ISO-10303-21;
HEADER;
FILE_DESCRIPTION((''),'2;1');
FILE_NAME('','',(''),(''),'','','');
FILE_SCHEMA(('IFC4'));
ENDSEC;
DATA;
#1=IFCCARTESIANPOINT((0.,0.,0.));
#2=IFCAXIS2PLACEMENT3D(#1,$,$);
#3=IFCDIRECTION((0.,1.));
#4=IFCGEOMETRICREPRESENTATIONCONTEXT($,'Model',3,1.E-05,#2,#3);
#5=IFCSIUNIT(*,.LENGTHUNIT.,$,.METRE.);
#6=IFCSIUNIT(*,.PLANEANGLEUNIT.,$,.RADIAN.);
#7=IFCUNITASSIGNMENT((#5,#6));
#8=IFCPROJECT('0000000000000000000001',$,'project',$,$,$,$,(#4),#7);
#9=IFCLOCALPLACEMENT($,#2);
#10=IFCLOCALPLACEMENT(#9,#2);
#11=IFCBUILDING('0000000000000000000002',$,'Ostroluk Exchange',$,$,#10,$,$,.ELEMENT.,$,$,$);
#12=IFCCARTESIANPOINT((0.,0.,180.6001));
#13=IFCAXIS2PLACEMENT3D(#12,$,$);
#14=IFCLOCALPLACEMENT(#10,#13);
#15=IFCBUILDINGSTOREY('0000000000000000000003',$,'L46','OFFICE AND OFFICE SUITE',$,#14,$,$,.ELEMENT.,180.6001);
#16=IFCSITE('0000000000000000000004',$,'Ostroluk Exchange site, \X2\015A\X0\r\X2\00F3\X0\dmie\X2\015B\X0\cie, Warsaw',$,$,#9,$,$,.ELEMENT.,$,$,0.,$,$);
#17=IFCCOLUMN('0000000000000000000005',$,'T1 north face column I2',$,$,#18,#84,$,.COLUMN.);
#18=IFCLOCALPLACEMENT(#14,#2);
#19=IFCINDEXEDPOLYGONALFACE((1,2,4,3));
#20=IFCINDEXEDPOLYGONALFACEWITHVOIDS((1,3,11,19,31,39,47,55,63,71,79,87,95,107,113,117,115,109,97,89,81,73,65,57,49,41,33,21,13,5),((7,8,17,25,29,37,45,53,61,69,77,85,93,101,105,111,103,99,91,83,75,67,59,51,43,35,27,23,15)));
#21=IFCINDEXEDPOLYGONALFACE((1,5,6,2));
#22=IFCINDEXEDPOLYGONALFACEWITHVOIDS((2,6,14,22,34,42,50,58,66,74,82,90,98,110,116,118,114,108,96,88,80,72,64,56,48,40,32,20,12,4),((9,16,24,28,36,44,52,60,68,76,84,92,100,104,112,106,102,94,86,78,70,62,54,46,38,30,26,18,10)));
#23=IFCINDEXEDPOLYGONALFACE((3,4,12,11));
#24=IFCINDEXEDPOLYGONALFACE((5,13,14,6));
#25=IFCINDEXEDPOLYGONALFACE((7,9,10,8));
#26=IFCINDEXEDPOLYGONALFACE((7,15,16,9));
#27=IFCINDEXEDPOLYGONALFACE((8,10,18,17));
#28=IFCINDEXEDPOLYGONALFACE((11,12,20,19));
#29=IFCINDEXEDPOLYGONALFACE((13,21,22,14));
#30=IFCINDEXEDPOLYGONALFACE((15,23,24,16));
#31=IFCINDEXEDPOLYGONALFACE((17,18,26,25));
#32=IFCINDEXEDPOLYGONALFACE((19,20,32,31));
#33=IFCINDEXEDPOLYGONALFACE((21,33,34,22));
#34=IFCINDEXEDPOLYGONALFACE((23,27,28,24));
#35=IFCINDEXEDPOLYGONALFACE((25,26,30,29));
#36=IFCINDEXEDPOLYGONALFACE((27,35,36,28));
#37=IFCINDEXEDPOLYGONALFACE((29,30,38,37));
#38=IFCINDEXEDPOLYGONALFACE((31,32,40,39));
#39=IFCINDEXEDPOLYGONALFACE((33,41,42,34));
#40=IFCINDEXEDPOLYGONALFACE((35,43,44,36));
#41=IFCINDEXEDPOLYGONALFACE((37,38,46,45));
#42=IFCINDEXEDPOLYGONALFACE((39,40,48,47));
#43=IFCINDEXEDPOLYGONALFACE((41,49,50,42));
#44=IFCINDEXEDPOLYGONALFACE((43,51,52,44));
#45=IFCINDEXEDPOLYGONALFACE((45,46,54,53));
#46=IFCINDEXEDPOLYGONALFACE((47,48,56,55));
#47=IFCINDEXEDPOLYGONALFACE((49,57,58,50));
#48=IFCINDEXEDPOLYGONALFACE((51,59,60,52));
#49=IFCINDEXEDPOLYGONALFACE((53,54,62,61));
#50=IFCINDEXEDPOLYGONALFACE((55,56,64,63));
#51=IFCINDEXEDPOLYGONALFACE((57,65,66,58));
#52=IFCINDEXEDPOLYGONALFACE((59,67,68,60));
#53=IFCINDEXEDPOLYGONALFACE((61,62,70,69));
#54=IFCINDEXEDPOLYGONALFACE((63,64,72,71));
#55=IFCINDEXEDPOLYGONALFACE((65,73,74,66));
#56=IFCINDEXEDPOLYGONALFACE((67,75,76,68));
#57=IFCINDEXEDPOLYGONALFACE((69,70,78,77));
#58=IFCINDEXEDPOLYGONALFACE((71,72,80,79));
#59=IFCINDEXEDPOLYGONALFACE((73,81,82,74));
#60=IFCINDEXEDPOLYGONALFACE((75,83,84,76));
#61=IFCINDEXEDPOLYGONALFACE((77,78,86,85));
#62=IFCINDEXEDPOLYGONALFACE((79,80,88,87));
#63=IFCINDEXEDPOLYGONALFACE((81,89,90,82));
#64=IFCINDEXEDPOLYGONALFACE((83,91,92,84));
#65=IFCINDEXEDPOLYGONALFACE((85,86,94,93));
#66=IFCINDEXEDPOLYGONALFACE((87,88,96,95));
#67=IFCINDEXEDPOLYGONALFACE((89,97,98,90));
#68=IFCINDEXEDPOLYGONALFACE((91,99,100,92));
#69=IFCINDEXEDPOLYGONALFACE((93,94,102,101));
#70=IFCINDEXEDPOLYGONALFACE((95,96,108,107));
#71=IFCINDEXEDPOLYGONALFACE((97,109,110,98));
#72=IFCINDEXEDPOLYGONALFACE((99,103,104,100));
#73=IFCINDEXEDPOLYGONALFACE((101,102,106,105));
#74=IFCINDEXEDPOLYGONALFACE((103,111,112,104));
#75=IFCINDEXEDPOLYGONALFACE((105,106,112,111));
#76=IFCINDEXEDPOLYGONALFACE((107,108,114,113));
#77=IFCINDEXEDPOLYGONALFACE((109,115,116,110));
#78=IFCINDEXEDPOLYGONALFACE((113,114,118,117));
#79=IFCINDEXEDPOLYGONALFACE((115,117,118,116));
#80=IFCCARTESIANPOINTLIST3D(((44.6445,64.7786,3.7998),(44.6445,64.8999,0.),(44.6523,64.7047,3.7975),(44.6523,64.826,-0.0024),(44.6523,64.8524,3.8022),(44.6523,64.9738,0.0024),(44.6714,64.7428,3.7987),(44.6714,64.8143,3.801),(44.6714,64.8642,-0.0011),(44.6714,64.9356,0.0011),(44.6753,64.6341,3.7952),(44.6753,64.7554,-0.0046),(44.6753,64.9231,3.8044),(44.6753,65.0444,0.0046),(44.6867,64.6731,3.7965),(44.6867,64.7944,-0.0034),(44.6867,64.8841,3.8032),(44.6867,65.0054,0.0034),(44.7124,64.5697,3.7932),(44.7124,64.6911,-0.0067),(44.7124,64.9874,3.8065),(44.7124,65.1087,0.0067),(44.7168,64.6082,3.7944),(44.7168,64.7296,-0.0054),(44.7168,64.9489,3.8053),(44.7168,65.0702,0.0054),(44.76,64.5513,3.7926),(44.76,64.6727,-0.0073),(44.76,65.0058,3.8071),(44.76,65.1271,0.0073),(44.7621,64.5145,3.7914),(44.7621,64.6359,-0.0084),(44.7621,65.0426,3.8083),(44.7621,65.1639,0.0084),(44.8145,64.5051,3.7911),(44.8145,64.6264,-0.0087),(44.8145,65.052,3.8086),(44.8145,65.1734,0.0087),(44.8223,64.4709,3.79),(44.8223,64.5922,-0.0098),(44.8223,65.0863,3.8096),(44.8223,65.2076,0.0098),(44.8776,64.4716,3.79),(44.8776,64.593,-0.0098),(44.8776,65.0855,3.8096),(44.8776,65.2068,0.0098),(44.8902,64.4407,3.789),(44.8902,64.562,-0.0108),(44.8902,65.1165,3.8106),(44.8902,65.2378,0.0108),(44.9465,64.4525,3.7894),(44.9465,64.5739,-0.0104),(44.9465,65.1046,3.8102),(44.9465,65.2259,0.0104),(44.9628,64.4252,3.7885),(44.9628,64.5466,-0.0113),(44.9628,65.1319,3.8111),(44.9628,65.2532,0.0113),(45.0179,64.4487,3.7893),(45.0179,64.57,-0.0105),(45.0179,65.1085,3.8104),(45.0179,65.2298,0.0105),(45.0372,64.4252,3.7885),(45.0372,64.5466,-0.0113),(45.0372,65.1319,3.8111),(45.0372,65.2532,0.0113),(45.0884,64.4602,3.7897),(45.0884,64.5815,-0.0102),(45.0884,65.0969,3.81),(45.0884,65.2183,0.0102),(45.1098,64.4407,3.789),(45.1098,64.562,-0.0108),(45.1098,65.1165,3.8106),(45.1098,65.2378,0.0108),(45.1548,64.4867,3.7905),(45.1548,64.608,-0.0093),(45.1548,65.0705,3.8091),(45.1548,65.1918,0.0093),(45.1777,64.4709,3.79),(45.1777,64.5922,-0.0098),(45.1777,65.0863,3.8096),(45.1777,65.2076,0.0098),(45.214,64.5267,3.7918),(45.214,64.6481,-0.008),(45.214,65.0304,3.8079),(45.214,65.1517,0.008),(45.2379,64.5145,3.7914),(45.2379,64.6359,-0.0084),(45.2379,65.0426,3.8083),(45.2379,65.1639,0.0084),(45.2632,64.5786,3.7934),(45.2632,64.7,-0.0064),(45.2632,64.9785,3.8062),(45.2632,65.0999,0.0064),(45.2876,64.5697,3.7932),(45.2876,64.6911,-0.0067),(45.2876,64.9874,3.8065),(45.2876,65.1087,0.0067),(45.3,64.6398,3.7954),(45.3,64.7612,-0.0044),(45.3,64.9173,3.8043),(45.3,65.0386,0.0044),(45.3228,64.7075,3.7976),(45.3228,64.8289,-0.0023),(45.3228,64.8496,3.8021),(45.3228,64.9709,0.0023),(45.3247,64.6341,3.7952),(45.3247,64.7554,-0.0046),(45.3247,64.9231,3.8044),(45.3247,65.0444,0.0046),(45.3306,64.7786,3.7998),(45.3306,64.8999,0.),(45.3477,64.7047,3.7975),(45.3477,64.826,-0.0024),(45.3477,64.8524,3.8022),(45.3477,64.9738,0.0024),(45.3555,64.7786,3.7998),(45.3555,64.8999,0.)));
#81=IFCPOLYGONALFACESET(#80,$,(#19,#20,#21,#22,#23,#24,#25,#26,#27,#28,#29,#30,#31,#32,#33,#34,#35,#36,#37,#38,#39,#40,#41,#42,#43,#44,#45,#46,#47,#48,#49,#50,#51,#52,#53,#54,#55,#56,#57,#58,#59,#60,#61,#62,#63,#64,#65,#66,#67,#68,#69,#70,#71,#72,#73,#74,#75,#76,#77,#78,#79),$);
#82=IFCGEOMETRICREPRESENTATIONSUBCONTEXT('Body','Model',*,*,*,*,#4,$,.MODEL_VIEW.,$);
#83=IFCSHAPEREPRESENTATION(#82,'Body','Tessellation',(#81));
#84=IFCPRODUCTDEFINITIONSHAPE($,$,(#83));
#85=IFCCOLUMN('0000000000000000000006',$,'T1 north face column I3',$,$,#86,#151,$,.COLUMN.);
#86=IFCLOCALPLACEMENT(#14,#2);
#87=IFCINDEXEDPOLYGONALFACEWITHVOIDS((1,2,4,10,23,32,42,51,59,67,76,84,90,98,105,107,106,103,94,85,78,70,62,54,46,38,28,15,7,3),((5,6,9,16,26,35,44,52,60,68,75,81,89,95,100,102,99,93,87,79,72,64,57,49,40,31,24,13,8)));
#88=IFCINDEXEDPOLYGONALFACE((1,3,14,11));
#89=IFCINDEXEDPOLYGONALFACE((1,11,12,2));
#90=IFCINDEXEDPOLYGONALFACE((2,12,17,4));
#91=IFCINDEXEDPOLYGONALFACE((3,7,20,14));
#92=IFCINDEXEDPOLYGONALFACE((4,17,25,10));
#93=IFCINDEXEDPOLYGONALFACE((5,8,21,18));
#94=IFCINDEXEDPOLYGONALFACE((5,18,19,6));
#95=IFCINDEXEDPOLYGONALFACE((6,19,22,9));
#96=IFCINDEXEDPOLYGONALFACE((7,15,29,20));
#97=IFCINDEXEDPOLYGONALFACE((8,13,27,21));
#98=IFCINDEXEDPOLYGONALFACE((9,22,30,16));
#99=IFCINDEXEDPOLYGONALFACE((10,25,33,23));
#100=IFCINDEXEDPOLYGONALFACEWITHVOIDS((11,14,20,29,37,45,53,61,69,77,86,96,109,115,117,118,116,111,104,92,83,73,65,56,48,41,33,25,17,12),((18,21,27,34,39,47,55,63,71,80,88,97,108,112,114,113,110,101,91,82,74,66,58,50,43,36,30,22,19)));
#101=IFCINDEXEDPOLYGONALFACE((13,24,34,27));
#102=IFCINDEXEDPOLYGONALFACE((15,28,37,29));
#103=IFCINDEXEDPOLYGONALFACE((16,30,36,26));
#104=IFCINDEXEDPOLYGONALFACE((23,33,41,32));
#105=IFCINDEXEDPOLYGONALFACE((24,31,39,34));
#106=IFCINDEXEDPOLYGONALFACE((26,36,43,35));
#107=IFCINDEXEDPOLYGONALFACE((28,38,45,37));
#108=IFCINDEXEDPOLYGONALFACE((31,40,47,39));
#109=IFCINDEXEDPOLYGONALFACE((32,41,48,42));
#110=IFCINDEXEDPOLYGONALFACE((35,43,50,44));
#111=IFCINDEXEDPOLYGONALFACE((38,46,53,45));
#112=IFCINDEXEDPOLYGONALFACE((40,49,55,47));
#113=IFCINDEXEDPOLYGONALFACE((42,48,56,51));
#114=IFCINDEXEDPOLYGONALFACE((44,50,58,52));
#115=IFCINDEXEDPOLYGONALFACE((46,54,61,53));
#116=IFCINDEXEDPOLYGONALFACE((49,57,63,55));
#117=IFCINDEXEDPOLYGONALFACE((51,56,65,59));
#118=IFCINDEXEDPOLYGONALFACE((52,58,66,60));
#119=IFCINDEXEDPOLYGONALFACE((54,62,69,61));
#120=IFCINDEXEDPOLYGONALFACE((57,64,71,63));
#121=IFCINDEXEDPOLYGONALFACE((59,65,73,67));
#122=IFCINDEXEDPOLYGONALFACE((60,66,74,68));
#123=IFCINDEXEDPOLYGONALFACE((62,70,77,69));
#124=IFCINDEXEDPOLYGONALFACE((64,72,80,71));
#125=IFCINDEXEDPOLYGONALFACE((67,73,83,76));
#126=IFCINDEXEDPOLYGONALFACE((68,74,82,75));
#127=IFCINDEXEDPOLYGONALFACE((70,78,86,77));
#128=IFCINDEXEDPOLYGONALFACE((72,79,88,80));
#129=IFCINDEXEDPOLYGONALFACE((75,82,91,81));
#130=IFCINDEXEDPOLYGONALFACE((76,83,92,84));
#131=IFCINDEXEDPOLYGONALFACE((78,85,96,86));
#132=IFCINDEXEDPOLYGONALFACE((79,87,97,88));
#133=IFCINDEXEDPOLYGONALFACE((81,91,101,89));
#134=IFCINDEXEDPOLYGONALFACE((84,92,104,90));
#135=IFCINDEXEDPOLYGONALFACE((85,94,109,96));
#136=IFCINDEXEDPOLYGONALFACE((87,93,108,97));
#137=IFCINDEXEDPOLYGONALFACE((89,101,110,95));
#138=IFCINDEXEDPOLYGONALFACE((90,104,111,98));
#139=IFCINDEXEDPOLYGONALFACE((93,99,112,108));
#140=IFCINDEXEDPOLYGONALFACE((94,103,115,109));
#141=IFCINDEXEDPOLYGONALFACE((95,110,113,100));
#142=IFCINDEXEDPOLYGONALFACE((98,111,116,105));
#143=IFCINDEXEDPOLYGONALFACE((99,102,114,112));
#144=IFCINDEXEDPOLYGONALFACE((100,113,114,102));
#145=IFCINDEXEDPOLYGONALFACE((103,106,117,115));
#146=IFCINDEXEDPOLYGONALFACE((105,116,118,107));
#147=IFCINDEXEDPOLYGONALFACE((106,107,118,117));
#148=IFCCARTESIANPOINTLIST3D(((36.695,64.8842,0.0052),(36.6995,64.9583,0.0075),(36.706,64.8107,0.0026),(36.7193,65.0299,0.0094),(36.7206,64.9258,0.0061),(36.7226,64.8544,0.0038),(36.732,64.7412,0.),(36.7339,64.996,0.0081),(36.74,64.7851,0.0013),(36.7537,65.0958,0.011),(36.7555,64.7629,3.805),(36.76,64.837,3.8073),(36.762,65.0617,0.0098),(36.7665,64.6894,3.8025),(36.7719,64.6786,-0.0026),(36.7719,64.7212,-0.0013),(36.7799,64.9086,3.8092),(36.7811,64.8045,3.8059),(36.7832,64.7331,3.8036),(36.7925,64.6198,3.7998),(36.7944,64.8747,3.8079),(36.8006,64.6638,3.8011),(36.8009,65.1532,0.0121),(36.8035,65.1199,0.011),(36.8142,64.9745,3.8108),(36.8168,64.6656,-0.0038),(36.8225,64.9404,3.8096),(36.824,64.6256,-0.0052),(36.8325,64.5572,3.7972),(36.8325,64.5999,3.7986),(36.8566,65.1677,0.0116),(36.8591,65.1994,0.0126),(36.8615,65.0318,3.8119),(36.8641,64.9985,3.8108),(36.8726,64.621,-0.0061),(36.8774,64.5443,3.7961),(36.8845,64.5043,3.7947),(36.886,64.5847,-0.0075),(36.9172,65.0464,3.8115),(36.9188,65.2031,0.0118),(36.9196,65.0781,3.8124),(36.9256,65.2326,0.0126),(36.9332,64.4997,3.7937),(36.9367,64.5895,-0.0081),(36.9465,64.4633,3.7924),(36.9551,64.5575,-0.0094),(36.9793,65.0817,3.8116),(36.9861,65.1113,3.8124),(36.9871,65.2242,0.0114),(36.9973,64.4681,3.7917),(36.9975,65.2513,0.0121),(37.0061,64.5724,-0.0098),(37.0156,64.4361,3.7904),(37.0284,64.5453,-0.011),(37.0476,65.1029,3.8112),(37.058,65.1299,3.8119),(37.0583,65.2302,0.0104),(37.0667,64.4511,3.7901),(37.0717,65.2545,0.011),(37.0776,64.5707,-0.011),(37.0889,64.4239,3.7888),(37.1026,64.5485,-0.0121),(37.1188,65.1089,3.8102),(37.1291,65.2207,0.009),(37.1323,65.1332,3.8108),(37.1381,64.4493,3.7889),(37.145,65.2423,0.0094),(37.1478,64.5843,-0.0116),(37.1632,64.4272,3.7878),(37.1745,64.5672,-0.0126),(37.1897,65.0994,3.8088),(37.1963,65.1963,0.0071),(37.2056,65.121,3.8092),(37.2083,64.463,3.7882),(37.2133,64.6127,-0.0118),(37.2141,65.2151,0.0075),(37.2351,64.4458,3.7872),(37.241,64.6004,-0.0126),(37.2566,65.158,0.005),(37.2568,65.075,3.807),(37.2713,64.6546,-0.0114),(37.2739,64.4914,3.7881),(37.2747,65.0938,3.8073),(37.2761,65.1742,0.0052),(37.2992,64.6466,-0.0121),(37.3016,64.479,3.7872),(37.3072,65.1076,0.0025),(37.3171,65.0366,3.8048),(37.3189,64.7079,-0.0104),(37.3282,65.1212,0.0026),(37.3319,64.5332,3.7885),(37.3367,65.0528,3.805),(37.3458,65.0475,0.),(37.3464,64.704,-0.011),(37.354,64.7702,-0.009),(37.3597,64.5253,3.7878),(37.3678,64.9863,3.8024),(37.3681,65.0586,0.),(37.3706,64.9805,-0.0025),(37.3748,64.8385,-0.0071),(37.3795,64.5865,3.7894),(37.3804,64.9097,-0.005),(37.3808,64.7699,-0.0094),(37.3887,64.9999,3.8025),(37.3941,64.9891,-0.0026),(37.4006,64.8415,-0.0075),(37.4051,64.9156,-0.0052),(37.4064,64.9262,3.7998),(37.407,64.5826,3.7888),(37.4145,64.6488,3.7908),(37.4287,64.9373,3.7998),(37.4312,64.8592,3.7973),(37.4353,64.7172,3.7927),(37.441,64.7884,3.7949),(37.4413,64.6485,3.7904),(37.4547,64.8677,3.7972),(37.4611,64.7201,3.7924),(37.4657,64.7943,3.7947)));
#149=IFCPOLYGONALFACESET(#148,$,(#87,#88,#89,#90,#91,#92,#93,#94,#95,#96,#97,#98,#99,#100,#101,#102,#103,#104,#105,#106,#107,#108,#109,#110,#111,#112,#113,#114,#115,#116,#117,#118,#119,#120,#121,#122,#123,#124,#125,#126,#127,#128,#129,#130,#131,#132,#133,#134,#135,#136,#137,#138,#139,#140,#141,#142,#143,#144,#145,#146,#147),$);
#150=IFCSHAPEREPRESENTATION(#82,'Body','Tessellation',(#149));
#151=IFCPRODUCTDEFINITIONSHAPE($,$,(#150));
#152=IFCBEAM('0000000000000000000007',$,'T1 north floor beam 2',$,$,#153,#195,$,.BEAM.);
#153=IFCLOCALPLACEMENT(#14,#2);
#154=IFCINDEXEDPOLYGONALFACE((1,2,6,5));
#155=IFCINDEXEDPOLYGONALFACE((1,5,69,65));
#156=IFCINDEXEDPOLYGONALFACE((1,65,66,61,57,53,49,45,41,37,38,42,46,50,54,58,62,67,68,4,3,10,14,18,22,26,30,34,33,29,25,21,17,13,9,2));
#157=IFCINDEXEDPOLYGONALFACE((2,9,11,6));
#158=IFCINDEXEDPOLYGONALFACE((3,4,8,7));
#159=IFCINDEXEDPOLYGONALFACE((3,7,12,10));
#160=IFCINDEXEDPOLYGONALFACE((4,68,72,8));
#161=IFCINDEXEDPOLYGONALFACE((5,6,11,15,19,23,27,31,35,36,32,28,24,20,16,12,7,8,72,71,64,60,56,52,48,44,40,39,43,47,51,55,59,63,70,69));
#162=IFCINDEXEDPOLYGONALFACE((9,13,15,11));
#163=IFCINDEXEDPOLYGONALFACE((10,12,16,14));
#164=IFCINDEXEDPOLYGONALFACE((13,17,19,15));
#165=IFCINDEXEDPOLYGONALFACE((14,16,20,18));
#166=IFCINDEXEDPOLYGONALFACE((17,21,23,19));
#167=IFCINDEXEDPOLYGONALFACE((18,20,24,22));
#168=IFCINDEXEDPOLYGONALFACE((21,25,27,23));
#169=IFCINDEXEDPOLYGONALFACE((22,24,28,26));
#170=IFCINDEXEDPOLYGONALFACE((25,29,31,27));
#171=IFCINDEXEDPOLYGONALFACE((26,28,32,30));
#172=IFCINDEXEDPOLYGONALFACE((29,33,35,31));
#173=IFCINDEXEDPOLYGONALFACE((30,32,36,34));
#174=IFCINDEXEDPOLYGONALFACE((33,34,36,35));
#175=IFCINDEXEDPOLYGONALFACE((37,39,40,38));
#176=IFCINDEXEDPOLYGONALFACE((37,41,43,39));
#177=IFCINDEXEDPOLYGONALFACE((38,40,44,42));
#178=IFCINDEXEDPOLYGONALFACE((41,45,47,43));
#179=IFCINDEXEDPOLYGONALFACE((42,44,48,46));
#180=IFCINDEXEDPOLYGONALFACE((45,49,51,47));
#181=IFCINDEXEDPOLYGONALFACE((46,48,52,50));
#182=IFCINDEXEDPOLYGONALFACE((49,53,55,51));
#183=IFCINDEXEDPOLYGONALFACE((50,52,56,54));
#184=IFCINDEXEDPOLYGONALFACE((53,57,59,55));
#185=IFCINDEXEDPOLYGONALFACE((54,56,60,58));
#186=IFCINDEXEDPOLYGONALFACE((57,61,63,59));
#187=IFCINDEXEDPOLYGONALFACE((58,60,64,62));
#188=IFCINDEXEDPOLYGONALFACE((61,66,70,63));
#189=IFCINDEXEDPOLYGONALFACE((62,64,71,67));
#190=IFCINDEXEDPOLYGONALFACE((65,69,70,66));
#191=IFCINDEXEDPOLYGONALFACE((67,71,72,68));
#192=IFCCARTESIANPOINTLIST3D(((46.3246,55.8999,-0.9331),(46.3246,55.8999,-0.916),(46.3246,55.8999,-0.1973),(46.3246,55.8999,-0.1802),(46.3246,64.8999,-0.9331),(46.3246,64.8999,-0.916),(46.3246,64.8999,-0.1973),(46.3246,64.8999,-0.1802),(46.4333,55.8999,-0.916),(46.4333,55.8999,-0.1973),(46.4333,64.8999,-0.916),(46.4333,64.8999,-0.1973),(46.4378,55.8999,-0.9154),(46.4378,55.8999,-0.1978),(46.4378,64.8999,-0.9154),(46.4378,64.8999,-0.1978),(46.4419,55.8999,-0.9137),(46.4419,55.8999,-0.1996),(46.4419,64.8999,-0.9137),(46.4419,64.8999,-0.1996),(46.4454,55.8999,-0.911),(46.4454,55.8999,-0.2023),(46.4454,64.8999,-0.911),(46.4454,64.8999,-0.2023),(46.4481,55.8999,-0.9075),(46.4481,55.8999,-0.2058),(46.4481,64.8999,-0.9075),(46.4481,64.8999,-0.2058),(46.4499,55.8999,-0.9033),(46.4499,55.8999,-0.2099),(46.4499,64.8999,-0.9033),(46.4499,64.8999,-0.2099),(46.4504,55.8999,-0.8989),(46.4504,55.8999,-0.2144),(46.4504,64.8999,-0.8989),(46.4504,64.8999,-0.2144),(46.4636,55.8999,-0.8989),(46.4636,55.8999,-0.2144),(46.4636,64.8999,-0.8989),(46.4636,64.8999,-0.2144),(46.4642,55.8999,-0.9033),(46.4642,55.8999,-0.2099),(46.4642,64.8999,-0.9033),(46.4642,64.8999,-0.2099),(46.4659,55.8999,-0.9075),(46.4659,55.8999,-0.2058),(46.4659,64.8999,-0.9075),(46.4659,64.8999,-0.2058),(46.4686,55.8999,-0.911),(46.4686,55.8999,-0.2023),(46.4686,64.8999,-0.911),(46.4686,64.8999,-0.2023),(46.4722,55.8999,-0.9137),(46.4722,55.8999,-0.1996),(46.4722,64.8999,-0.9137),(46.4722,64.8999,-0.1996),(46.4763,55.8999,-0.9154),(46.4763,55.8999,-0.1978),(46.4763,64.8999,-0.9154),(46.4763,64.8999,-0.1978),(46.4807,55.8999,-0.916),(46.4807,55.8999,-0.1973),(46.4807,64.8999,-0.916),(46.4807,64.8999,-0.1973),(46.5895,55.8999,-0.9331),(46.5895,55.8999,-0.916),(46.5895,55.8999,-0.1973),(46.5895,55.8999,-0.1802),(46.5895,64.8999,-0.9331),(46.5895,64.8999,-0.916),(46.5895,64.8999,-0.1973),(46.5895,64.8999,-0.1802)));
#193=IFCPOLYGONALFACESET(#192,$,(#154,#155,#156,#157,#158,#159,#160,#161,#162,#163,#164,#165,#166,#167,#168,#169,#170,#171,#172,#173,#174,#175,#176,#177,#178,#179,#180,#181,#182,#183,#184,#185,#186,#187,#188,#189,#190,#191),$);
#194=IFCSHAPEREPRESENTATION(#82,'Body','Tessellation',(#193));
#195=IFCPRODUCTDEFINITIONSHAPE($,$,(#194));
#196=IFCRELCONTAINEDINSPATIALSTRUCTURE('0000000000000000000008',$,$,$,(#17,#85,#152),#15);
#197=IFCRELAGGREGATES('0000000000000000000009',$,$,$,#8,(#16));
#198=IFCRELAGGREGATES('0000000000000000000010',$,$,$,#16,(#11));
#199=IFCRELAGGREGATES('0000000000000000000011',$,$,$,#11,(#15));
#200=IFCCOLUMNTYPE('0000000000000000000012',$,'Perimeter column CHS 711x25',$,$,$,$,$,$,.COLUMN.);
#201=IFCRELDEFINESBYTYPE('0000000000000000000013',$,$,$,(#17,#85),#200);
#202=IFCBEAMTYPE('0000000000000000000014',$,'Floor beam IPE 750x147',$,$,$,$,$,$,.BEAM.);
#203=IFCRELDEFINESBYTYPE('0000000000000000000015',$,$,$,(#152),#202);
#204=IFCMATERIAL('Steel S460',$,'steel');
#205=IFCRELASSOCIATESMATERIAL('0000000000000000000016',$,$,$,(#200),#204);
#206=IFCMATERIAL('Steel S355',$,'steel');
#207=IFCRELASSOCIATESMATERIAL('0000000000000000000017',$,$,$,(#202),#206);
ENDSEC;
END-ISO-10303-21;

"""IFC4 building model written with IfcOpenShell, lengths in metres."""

from ifc_helpers import new_model, si_unit, direction, frame, origin, origin_2d, place, context, subcontext, project, spatial, hollow_circle, i_section, extrude, material, material_profile, profile_set, type_object, element, save


model = new_model("IFC4")

# Units and contexts
model_context = context("Model", 3, precision=1e-05, world=origin(), true_north=direction((0.0, 1.0)))
body_context = subcontext(model_context, "Body", "Model", "MODEL_VIEW")
ifc_project = project(units=[si_unit("LENGTHUNIT", "METRE"), si_unit("PLANEANGLEUNIT", "RADIAN")], contexts=[model_context])

# Site, building, storey
site_placement = place(None, origin())
site = spatial("IfcSite", under=ifc_project, at=site_placement, Name="Ostroluk Exchange site, Śródmieście, Warsaw", CompositionType="ELEMENT", RefElevation=0.0)
building_placement = place(site_placement, origin())
building = spatial("IfcBuilding", under=site, at=building_placement, Name="Ostroluk Exchange", CompositionType="ELEMENT")
storey_placement = place(building_placement, frame((0.0, 0.0, 180.6001)))
storey = spatial("IfcBuildingStorey", under=building, at=storey_placement, Name="L46", Description="OFFICE AND OFFICE SUITE", CompositionType="ELEMENT", Elevation=180.6001)

# Columns
ifc_material_1 = material(Name="Steel S460", Category="steel")
ifc_material_profile_1 = material_profile(ifc_material_1, hollow_circle(Radius=0.3555, WallThickness=0.0249, at=origin_2d()), Name="CHS 711x25")
ifc_profile_set_1 = profile_set([ifc_material_profile_1], Name="Steel S460")
column_type = type_object("IfcColumnType", Name="Perimeter column CHS 711x25", PredefinedType="COLUMN", material=ifc_profile_set_1)
column_1_placement = place(storey_placement, frame((45.0, 64.8999, 0.0), z_axis=(0.0, -0.031916, 0.999491), x_axis=(1.0, 0.0, 0.0)))
element("IfcColumn", 1, at=column_1_placement, inside=storey, type_object=column_type, Name="T1 north face column I2", PredefinedType="COLUMN", context=body_context, shape_type="SweptSolid", body=[
    extrude(hollow_circle(Radius=0.3555, WallThickness=0.0249, at=origin_2d()), origin(), (0.0, 0.0, 1.0), 3.8018),
])
column_2_placement = place(storey_placement, frame((37.05, 64.8999, 0.0), z_axis=(0.015924, -0.031912, 0.999364), x_axis=(0.894787, 0.446493, 0.0)))
element("IfcColumn", 2, at=column_2_placement, inside=storey, type_object=column_type, Name="T1 north face column I3", PredefinedType="COLUMN", context=body_context, shape_type="SweptSolid", body=[
    extrude(hollow_circle(Radius=0.3555, WallThickness=0.0249, at=origin_2d()), origin(), (0.0, 0.0, 1.0), 3.8022),
])

# Beam
ifc_material_2 = material(Name="Steel S355", Category="steel")
ifc_material_profile_2 = material_profile(ifc_material_2, i_section(OverallWidth=0.2649, OverallDepth=0.7529, WebThickness=0.0132, FlangeThickness=0.0171, FilletRadius=0.0171, at=origin_2d()), Name="IPE 750x147")
ifc_profile_set_2 = profile_set([ifc_material_profile_2], Name="Steel S355")
beam_type_1 = type_object("IfcBeamType", Name="Floor beam IPE 750x147", PredefinedType="BEAM", material=ifc_profile_set_2)
for number, where, z_axis, x_axis, name in (
    (3, (46.457, 55.8999, -0.5566), (0.0, 1.0, 0.0), (-1.0, 0.0, 0.0), "T1 north floor beam 2"),
):
    element("IfcBeam", number, at=place(storey_placement, frame(where, z_axis=z_axis, x_axis=x_axis)), inside=storey, type_object=beam_type_1, Name=name, PredefinedType="BEAM", context=body_context, shape_type="SweptSolid", body=[
        extrude(i_section(OverallWidth=0.2649, OverallDepth=0.7529, WebThickness=0.0132, FlangeThickness=0.0171, FilletRadius=0.0171, at=origin_2d()), origin(), (0.0, 0.0, 1.0), 9.0),
    ])

save(model, "model.ifc")
